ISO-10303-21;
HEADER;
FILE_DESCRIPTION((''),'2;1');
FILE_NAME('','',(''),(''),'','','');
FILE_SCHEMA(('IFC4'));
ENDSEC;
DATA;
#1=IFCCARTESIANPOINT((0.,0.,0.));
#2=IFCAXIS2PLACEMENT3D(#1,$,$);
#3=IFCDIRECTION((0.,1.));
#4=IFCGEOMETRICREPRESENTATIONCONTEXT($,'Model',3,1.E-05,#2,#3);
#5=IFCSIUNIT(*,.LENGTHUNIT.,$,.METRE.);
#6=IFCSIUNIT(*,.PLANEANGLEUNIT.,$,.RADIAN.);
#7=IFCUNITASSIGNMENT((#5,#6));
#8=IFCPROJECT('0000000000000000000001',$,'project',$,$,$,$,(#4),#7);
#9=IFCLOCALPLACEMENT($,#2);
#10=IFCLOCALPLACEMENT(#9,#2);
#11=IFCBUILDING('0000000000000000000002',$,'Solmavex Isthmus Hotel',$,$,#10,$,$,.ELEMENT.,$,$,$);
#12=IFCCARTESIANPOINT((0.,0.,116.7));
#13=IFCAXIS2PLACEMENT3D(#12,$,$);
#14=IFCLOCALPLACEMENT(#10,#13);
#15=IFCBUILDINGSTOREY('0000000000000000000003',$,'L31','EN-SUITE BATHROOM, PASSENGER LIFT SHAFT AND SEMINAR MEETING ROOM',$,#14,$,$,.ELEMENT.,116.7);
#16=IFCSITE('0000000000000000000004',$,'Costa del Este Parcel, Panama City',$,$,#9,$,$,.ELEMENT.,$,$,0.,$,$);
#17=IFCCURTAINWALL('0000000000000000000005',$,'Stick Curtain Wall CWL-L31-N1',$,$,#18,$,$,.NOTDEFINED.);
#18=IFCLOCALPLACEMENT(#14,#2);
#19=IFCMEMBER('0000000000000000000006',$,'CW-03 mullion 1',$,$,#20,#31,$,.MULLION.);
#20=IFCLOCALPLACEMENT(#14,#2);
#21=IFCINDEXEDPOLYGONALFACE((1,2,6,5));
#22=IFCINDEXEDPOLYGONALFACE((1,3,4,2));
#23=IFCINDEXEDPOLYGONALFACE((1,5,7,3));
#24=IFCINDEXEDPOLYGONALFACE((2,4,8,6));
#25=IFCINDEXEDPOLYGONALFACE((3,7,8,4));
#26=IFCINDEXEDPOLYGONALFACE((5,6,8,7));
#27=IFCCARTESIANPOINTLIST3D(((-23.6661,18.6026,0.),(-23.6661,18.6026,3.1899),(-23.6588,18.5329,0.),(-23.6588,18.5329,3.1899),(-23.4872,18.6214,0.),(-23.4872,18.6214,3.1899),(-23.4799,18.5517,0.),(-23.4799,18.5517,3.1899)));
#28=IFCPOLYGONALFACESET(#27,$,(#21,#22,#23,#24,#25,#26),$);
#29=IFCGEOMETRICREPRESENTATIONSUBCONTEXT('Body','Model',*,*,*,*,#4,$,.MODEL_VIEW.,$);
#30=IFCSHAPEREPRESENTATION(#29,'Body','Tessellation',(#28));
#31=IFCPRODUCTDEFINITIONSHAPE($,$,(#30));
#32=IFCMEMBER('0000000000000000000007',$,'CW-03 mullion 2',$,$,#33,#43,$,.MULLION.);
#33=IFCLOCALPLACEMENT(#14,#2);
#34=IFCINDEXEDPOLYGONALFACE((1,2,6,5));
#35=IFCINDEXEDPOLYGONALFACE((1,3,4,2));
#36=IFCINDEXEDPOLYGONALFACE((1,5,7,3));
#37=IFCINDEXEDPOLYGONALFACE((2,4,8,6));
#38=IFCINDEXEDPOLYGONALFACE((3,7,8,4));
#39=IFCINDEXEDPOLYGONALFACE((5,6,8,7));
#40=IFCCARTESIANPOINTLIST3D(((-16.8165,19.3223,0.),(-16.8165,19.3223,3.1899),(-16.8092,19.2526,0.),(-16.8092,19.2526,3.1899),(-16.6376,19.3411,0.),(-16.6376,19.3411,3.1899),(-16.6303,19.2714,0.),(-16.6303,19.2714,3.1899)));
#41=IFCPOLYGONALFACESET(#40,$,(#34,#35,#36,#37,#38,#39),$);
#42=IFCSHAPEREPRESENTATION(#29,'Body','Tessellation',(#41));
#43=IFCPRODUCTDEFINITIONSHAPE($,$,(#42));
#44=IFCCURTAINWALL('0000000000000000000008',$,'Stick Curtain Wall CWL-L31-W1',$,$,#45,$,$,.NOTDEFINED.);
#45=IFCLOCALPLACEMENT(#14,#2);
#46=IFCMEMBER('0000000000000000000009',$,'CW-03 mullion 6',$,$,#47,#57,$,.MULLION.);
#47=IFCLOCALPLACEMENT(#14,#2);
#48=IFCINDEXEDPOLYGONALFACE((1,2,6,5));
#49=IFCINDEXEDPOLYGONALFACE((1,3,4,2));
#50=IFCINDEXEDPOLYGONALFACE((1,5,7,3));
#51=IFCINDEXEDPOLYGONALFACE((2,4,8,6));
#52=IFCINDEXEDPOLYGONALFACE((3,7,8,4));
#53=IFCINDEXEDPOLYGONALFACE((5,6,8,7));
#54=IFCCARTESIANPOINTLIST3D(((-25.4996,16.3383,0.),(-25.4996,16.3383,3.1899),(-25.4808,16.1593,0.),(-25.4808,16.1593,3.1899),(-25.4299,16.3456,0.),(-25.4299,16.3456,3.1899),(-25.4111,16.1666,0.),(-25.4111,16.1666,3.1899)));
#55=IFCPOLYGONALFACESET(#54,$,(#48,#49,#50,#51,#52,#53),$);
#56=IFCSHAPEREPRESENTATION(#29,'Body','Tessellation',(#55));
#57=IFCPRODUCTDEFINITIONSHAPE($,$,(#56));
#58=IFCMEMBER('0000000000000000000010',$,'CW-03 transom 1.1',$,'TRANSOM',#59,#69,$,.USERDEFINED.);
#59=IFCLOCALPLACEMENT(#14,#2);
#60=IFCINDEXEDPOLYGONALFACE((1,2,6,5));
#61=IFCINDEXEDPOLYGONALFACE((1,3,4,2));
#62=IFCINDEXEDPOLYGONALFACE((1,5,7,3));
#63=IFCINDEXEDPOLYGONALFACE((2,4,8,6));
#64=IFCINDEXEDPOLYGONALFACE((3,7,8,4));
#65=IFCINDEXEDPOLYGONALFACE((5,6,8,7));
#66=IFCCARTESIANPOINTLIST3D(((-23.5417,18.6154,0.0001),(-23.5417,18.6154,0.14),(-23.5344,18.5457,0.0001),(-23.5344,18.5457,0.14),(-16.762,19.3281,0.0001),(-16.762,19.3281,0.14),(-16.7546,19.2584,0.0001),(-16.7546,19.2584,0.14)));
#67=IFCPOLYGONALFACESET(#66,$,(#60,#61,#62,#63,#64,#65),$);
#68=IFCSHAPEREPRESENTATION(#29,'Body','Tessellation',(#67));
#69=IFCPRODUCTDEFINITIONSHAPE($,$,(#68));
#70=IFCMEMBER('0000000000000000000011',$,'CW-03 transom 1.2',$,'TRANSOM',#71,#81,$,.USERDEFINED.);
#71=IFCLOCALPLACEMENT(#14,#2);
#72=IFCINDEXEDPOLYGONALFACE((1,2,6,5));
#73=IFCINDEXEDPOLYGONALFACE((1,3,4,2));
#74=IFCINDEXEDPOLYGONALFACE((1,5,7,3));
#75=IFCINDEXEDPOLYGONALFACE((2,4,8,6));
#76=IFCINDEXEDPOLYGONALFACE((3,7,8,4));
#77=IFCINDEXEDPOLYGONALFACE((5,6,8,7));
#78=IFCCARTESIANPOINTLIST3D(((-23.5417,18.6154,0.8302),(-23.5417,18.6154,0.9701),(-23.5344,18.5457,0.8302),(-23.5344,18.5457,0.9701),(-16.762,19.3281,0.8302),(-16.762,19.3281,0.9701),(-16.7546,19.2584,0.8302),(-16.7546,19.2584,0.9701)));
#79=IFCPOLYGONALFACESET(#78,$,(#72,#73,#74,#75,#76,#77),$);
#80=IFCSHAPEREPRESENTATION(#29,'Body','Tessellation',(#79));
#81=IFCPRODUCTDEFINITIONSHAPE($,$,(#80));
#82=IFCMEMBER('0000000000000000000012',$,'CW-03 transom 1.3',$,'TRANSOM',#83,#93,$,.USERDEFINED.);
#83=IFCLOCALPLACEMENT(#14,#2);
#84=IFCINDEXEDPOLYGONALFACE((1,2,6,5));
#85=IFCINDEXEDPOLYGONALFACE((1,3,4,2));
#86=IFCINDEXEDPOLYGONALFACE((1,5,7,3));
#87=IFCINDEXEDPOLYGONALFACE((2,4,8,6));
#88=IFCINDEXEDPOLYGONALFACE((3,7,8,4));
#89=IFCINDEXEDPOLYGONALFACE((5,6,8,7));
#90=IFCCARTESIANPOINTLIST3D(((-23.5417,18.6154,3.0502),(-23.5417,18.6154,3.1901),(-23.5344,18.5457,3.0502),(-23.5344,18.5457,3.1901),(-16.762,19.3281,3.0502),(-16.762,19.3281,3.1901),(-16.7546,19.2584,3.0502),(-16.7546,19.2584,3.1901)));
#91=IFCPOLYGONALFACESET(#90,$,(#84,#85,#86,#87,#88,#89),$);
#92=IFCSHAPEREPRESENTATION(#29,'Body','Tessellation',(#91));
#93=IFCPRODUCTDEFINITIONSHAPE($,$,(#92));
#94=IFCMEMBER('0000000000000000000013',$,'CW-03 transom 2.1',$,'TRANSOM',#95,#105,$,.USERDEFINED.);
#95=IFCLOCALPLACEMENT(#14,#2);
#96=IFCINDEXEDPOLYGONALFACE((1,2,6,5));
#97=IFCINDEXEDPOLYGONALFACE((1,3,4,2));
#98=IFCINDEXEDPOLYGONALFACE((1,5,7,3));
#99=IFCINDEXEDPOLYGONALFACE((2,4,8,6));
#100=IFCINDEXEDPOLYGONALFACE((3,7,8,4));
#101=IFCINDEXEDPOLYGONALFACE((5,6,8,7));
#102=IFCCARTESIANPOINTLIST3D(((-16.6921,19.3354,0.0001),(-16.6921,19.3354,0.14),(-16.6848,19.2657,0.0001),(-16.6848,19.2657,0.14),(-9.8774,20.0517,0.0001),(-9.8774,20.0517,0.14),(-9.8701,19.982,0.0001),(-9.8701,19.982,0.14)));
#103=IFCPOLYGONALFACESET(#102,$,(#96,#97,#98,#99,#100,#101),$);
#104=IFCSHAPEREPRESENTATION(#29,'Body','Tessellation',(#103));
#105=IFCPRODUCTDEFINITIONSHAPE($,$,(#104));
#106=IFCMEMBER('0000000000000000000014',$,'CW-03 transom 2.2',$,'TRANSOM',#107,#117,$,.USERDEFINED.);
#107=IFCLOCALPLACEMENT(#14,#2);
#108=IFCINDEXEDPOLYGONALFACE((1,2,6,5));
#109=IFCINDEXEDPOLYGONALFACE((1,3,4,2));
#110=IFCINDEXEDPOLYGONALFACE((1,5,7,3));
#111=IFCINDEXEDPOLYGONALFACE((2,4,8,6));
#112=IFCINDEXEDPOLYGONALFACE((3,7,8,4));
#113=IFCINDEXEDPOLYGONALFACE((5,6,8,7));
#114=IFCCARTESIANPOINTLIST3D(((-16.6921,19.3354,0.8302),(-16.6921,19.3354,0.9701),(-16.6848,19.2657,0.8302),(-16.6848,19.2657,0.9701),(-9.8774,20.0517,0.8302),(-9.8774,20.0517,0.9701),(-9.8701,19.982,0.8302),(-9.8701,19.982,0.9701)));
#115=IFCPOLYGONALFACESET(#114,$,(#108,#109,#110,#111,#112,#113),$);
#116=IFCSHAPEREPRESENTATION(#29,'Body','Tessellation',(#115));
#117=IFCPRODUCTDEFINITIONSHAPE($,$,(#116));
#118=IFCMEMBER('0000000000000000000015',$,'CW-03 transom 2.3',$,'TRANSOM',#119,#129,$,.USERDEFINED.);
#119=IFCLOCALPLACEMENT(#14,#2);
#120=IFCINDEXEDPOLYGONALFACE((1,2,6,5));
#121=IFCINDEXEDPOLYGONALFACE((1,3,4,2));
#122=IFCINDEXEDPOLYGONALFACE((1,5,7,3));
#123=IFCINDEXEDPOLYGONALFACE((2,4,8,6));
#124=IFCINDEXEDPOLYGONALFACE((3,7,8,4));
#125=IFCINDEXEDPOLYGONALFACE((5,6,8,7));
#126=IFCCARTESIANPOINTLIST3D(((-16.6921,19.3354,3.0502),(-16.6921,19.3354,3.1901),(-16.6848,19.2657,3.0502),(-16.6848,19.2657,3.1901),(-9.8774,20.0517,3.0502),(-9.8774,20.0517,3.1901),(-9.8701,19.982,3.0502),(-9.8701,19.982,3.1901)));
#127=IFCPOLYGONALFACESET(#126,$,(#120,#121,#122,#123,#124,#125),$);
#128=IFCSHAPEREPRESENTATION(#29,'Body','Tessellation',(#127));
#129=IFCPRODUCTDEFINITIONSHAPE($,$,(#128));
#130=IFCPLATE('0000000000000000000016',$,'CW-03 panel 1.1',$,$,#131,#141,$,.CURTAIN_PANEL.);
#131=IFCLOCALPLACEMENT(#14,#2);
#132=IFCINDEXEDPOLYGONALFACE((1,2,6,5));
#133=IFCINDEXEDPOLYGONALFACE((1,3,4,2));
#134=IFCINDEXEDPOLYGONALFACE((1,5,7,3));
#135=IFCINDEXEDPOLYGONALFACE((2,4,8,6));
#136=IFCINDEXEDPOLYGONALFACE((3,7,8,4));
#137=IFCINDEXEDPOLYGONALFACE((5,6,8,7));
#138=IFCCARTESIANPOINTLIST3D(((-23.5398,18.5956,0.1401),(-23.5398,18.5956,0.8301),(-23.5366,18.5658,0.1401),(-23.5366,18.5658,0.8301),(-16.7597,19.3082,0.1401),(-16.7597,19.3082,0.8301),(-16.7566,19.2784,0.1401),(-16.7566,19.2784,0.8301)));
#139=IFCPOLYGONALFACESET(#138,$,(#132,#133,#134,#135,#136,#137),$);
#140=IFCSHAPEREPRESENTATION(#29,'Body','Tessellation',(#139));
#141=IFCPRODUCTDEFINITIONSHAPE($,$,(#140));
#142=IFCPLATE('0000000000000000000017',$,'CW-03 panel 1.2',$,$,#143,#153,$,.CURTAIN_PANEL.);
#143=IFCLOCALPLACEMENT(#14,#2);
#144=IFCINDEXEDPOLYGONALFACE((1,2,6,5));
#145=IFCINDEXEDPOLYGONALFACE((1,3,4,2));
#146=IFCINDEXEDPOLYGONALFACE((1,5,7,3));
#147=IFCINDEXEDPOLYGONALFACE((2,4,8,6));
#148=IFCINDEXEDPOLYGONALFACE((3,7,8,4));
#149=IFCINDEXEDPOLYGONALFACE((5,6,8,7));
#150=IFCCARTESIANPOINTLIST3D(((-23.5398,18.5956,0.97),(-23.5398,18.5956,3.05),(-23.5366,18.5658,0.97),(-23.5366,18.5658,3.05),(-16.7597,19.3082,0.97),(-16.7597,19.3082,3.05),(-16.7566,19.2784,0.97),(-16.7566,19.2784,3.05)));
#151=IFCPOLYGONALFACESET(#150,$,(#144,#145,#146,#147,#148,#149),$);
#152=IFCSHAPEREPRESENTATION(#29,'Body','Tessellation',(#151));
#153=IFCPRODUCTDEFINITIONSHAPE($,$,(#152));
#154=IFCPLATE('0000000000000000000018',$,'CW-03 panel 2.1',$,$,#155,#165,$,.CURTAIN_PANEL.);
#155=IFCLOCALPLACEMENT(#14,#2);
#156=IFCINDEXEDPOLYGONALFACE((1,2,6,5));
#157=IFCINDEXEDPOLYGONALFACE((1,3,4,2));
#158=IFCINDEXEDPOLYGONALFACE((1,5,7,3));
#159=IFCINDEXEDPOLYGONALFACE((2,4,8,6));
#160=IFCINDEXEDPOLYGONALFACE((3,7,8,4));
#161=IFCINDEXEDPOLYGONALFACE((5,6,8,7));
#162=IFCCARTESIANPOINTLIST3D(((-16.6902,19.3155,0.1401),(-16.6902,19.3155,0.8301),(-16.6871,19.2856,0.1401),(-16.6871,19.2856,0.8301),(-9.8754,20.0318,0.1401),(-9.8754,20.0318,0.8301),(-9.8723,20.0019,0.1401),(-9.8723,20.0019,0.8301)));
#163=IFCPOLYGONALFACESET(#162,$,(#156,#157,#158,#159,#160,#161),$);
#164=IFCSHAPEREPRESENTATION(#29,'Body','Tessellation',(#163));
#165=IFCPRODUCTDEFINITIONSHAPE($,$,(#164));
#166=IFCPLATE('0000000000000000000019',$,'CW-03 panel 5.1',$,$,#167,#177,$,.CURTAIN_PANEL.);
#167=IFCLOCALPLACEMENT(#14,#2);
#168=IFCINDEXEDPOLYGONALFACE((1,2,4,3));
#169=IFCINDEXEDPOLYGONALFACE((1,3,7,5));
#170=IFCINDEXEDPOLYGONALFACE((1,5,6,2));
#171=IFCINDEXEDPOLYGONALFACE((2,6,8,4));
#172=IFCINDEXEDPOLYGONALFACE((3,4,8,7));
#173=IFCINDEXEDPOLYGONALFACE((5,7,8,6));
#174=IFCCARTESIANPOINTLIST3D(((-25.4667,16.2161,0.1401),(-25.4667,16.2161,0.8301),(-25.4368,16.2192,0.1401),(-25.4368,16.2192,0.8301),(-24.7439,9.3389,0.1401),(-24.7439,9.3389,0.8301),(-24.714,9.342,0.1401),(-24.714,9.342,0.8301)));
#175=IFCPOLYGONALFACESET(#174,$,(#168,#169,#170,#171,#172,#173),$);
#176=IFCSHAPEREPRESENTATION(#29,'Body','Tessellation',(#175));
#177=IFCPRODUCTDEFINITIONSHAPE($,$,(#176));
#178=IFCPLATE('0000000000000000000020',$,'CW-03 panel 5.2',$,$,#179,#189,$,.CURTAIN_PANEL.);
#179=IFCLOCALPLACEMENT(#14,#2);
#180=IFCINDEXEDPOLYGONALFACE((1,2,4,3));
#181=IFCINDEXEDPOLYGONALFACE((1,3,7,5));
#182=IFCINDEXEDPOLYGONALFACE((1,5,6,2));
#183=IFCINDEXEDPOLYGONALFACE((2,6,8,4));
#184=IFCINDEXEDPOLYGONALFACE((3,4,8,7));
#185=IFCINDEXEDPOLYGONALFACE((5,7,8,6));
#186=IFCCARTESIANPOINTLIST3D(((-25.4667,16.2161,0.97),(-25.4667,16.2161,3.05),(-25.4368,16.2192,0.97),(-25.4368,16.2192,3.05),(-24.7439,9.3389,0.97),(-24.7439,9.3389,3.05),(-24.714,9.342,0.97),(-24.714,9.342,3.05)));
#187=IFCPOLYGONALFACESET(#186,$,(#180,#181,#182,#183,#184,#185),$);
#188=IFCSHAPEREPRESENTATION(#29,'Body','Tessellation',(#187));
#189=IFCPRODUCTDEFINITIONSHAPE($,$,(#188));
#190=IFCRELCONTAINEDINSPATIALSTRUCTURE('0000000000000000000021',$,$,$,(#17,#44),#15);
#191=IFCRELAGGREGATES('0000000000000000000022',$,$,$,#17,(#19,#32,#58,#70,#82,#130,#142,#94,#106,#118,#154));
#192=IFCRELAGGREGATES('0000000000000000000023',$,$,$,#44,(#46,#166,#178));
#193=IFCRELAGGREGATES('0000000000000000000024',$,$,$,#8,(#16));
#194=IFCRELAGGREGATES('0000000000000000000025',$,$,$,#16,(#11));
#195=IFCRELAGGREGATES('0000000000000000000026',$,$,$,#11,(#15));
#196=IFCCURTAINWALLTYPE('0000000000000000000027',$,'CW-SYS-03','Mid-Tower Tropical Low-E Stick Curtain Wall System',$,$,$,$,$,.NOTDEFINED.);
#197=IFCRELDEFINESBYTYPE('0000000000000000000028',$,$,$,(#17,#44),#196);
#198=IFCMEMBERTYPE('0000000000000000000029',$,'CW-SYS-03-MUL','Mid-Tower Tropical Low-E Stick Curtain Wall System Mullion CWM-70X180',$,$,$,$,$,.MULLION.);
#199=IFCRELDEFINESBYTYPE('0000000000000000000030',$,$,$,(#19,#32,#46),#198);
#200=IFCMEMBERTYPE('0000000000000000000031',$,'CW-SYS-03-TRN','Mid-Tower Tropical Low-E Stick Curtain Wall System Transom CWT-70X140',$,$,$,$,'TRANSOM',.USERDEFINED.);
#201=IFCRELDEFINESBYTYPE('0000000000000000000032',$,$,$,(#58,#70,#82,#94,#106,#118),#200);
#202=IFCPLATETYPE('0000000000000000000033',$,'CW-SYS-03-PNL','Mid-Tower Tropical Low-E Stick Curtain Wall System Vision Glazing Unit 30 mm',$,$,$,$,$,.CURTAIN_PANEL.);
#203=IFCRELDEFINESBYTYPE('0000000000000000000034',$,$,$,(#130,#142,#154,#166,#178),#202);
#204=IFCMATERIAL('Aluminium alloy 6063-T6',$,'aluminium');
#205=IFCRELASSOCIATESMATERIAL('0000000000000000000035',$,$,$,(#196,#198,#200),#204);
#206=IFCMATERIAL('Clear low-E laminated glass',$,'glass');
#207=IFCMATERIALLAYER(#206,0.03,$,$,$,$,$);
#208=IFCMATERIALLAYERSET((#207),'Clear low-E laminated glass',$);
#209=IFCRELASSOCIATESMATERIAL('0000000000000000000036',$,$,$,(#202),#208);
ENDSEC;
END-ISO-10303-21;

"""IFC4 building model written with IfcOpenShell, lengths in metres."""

from ifc_helpers import new_model, si_unit, direction, frame, origin, origin_2d, place, context, subcontext, project, spatial, rectangle, extrude, material, layer, layer_set, material_profile, profile_set, type_object, element, aggregate, save


model = new_model("IFC4")

# Units and contexts
model_context = context("Model", 3, precision=1e-05, world=origin(), true_north=direction((0.0, 1.0)))
body_context = subcontext(model_context, "Body", "Model", "MODEL_VIEW")
ifc_project = project(units=[si_unit("LENGTHUNIT", "METRE"), si_unit("PLANEANGLEUNIT", "RADIAN")], contexts=[model_context])

# Site, building, storey
site_placement = place(None, origin())
site = spatial("IfcSite", under=ifc_project, at=site_placement, Name="Costa del Este Parcel, Panama City", CompositionType="ELEMENT", RefElevation=0.0)
building_placement = place(site_placement, origin())
building = spatial("IfcBuilding", under=site, at=building_placement, Name="Solmavex Isthmus Hotel", CompositionType="ELEMENT")
storey_placement = place(building_placement, frame((0.0, 0.0, 116.7)))
storey = spatial("IfcBuildingStorey", under=building, at=storey_placement, Name="L31", Description="EN-SUITE BATHROOM, PASSENGER LIFT SHAFT AND SEMINAR MEETING ROOM", CompositionType="ELEMENT", Elevation=116.7)

# Curtain wall, members
ifc_material_1 = material(Name="Aluminium alloy 6063-T6", Category="aluminium")
curtain_wall_type = type_object("IfcCurtainWallType", Name="CW-SYS-03", Description="Mid-Tower Tropical Low-E Stick Curtain Wall System", PredefinedType="NOTDEFINED", material=ifc_material_1)
curtain_wall_1_placement = place(storey_placement, origin())
curtain_wall_1 = element("IfcCurtainWall", 1, at=curtain_wall_1_placement, inside=storey, type_object=curtain_wall_type, Name="Stick Curtain Wall CWL-L31-N1", PredefinedType="NOTDEFINED")
ifc_material_profile_1 = material_profile(ifc_material_1, rectangle(XDim=0.0701, YDim=0.1799, at=origin_2d()), Name="CWM-70X180")
ifc_profile_set_1 = profile_set([ifc_material_profile_1], Name="Aluminium alloy 6063-T6")
member_type_1 = type_object("IfcMemberType", Name="CW-SYS-03-MUL", Description="Mid-Tower Tropical Low-E Stick Curtain Wall System Mullion CWM-70X180", PredefinedType="MULLION", material=ifc_profile_set_1)
member_1_placement = place(storey_placement, frame((-23.573, 18.5771, 0.0), z_axis=(0.0, 0.0, 1.0), x_axis=(-0.104528, 0.994522, 0.0)))
member_1 = element("IfcMember", 2, at=member_1_placement, type_object=member_type_1, Name="CW-03 mullion 1", PredefinedType="MULLION", context=body_context, shape_type="SweptSolid", body=[
    extrude(rectangle(XDim=0.0701, YDim=0.1799, at=origin_2d()), origin(), (0.0, 0.0, 1.0), 3.1899),
])
member_2_placement = place(storey_placement, frame((-16.7234, 19.2969, 0.0), z_axis=(0.0, 0.0, 1.0), x_axis=(-0.104528, 0.994522, 0.0)))
member_2 = element("IfcMember", 3, at=member_2_placement, type_object=member_type_1, Name="CW-03 mullion 2", PredefinedType="MULLION", context=body_context, shape_type="SweptSolid", body=[
    extrude(rectangle(XDim=0.0701, YDim=0.1799, at=origin_2d()), origin(), (0.0, 0.0, 1.0), 3.1899),
])

# Curtain wall, member
curtain_wall_2_placement = place(storey_placement, origin())
curtain_wall_2 = element("IfcCurtainWall", 4, at=curtain_wall_2_placement, inside=storey, type_object=curtain_wall_type, Name="Stick Curtain Wall CWL-L31-W1", PredefinedType="NOTDEFINED")
member_3_placement = place(storey_placement, frame((-25.4553, 16.2524, 0.0), z_axis=(0.0, 0.0, 1.0), x_axis=(-0.994522, -0.104528, 0.0)))
member_3 = element("IfcMember", 5, at=member_3_placement, type_object=member_type_1, Name="CW-03 mullion 6", PredefinedType="MULLION", context=body_context, shape_type="SweptSolid", body=[
    extrude(rectangle(XDim=0.0701, YDim=0.1799, at=origin_2d()), origin(), (0.0, 0.0, 1.0), 3.1899),
])

# Members
ifc_material_profile_2 = material_profile(ifc_material_1, rectangle(XDim=0.0701, YDim=0.1399, at=origin_2d()), Name="CWT-70X140")
ifc_profile_set_2 = profile_set([ifc_material_profile_2], Name="Aluminium alloy 6063-T6")
member_type_2 = type_object("IfcMemberType", Name="CW-SYS-03-TRN", Description="Mid-Tower Tropical Low-E Stick Curtain Wall System Transom CWT-70X140", ElementType="TRANSOM", PredefinedType="USERDEFINED", material=ifc_profile_set_2)
member_4_placement = place(storey_placement, frame((-23.5381, 18.5806, 0.0701), z_axis=(0.994521, 0.104538, 0.0), x_axis=(-0.104538, 0.994521, 0.0)))
member_4 = element("IfcMember", 6, at=member_4_placement, type_object=member_type_2, Name="CW-03 transom 1.1", ObjectType="TRANSOM", PredefinedType="USERDEFINED", context=body_context, shape_type="SweptSolid", body=[
    extrude(rectangle(XDim=0.0701, YDim=0.1399, at=origin_2d()), origin(), (0.0, 0.0, 1.0), 6.8171),
])
member_5_placement = place(storey_placement, frame((-23.5381, 18.5806, 0.9001), z_axis=(0.994521, 0.104538, 0.0), x_axis=(-0.104538, 0.994521, 0.0)))
member_5 = element("IfcMember", 7, at=member_5_placement, type_object=member_type_2, Name="CW-03 transom 1.2", ObjectType="TRANSOM", PredefinedType="USERDEFINED", context=body_context, shape_type="SweptSolid", body=[
    extrude(rectangle(XDim=0.0701, YDim=0.1399, at=origin_2d()), origin(), (0.0, 0.0, 1.0), 6.8171),
])
member_6_placement = place(storey_placement, frame((-23.5381, 18.5806, 3.1201), z_axis=(0.994521, 0.104538, 0.0), x_axis=(-0.104538, 0.994521, 0.0)))
member_6 = element("IfcMember", 8, at=member_6_placement, type_object=member_type_2, Name="CW-03 transom 1.3", ObjectType="TRANSOM", PredefinedType="USERDEFINED", context=body_context, shape_type="SweptSolid", body=[
    extrude(rectangle(XDim=0.0701, YDim=0.1399, at=origin_2d()), origin(), (0.0, 0.0, 1.0), 6.8171),
])
member_7_placement = place(storey_placement, frame((-16.6885, 19.3005, 0.0701), z_axis=(0.994521, 0.104536, 0.0), x_axis=(-0.104536, 0.994521, 0.0)))
member_7 = element("IfcMember", 9, at=member_7_placement, type_object=member_type_2, Name="CW-03 transom 2.1", ObjectType="TRANSOM", PredefinedType="USERDEFINED", context=body_context, shape_type="SweptSolid", body=[
    extrude(rectangle(XDim=0.0701, YDim=0.1399, at=origin_2d()), origin(), (0.0, 0.0, 1.0), 6.8523),
])
member_8_placement = place(storey_placement, frame((-16.6885, 19.3005, 0.9001), z_axis=(0.994521, 0.104536, 0.0), x_axis=(-0.104536, 0.994521, 0.0)))
member_8 = element("IfcMember", 10, at=member_8_placement, type_object=member_type_2, Name="CW-03 transom 2.2", ObjectType="TRANSOM", PredefinedType="USERDEFINED", context=body_context, shape_type="SweptSolid", body=[
    extrude(rectangle(XDim=0.0701, YDim=0.1399, at=origin_2d()), origin(), (0.0, 0.0, 1.0), 6.8523),
])
member_9_placement = place(storey_placement, frame((-16.6885, 19.3005, 3.1201), z_axis=(0.994521, 0.104536, 0.0), x_axis=(-0.104536, 0.994521, 0.0)))
member_9 = element("IfcMember", 11, at=member_9_placement, type_object=member_type_2, Name="CW-03 transom 2.3", ObjectType="TRANSOM", PredefinedType="USERDEFINED", context=body_context, shape_type="SweptSolid", body=[
    extrude(rectangle(XDim=0.0701, YDim=0.1399, at=origin_2d()), origin(), (0.0, 0.0, 1.0), 6.8523),
])

# Plates
ifc_material_2 = material(Name="Clear low-E laminated glass", Category="glass")
ifc_layer_1 = layer(ifc_material_2, 0.03)
ifc_layer_set_1 = layer_set([ifc_layer_1], Name="Clear low-E laminated glass")
plate_type = type_object("IfcPlateType", Name="CW-SYS-03-PNL", Description="Mid-Tower Tropical Low-E Stick Curtain Wall System Vision Glazing Unit 30 mm", PredefinedType="CURTAIN_PANEL", material=ifc_layer_set_1)
plate_1_placement = place(storey_placement, frame((-20.1482, 18.937, 0.1401), z_axis=(0.0, 0.0, 1.0), x_axis=(0.994522, 0.104528, 0.0)))
plate_1 = element("IfcPlate", 12, at=plate_1_placement, type_object=plate_type, Name="CW-03 panel 1.1", PredefinedType="CURTAIN_PANEL", context=body_context, shape_type="SweptSolid", body=[
    extrude(rectangle(XDim=6.8174, YDim=0.03, at=origin_2d()), origin(), (0.0, 0.0, 1.0), 0.6899),
])
plate_2_placement = place(storey_placement, frame((-20.1482, 18.937, 0.97), z_axis=(0.0, 0.0, 1.0), x_axis=(0.994522, 0.104528, 0.0)))
plate_2 = element("IfcPlate", 13, at=plate_2_placement, type_object=plate_type, Name="CW-03 panel 1.2", PredefinedType="CURTAIN_PANEL", context=body_context, shape_type="SweptSolid", body=[
    extrude(rectangle(XDim=6.8174, YDim=0.03, at=origin_2d()), origin(), (0.0, 0.0, 1.0), 2.0801),
])
plate_3_placement = place(storey_placement, frame((-13.2812, 19.6587, 0.1401), z_axis=(0.0, 0.0, 1.0), x_axis=(0.994522, 0.104528, 0.0)))
plate_3 = element("IfcPlate", 14, at=plate_3_placement, type_object=plate_type, Name="CW-03 panel 2.1", PredefinedType="CURTAIN_PANEL", context=body_context, shape_type="SweptSolid", body=[
    extrude(rectangle(XDim=6.8523, YDim=0.03, at=origin_2d()), origin(), (0.0, 0.0, 1.0), 0.6899),
])
aggregate(curtain_wall_1, [member_1, member_2, member_4, member_5, member_6, plate_1, plate_2, member_7, member_8, member_9, plate_3])
plate_4_placement = place(storey_placement, frame((-25.0903, 12.7791, 0.1401), z_axis=(0.0, 0.0, 1.0), x_axis=(-0.104528, 0.994522, 0.0)))
plate_4 = element("IfcPlate", 15, at=plate_4_placement, type_object=plate_type, Name="CW-03 panel 5.1", PredefinedType="CURTAIN_PANEL", context=body_context, shape_type="SweptSolid", body=[
    extrude(rectangle(XDim=6.915, YDim=0.03, at=origin_2d()), origin(), (0.0, 0.0, 1.0), 0.6899),
])
plate_5_placement = place(storey_placement, frame((-25.0903, 12.7791, 0.97), z_axis=(0.0, 0.0, 1.0), x_axis=(-0.104528, 0.994522, 0.0)))
plate_5 = element("IfcPlate", 16, at=plate_5_placement, type_object=plate_type, Name="CW-03 panel 5.2", PredefinedType="CURTAIN_PANEL", context=body_context, shape_type="SweptSolid", body=[
    extrude(rectangle(XDim=6.915, YDim=0.03, at=origin_2d()), origin(), (0.0, 0.0, 1.0), 2.0801),
])
aggregate(curtain_wall_2, [member_3, plate_4, plate_5])

save(model, "model.ifc")
